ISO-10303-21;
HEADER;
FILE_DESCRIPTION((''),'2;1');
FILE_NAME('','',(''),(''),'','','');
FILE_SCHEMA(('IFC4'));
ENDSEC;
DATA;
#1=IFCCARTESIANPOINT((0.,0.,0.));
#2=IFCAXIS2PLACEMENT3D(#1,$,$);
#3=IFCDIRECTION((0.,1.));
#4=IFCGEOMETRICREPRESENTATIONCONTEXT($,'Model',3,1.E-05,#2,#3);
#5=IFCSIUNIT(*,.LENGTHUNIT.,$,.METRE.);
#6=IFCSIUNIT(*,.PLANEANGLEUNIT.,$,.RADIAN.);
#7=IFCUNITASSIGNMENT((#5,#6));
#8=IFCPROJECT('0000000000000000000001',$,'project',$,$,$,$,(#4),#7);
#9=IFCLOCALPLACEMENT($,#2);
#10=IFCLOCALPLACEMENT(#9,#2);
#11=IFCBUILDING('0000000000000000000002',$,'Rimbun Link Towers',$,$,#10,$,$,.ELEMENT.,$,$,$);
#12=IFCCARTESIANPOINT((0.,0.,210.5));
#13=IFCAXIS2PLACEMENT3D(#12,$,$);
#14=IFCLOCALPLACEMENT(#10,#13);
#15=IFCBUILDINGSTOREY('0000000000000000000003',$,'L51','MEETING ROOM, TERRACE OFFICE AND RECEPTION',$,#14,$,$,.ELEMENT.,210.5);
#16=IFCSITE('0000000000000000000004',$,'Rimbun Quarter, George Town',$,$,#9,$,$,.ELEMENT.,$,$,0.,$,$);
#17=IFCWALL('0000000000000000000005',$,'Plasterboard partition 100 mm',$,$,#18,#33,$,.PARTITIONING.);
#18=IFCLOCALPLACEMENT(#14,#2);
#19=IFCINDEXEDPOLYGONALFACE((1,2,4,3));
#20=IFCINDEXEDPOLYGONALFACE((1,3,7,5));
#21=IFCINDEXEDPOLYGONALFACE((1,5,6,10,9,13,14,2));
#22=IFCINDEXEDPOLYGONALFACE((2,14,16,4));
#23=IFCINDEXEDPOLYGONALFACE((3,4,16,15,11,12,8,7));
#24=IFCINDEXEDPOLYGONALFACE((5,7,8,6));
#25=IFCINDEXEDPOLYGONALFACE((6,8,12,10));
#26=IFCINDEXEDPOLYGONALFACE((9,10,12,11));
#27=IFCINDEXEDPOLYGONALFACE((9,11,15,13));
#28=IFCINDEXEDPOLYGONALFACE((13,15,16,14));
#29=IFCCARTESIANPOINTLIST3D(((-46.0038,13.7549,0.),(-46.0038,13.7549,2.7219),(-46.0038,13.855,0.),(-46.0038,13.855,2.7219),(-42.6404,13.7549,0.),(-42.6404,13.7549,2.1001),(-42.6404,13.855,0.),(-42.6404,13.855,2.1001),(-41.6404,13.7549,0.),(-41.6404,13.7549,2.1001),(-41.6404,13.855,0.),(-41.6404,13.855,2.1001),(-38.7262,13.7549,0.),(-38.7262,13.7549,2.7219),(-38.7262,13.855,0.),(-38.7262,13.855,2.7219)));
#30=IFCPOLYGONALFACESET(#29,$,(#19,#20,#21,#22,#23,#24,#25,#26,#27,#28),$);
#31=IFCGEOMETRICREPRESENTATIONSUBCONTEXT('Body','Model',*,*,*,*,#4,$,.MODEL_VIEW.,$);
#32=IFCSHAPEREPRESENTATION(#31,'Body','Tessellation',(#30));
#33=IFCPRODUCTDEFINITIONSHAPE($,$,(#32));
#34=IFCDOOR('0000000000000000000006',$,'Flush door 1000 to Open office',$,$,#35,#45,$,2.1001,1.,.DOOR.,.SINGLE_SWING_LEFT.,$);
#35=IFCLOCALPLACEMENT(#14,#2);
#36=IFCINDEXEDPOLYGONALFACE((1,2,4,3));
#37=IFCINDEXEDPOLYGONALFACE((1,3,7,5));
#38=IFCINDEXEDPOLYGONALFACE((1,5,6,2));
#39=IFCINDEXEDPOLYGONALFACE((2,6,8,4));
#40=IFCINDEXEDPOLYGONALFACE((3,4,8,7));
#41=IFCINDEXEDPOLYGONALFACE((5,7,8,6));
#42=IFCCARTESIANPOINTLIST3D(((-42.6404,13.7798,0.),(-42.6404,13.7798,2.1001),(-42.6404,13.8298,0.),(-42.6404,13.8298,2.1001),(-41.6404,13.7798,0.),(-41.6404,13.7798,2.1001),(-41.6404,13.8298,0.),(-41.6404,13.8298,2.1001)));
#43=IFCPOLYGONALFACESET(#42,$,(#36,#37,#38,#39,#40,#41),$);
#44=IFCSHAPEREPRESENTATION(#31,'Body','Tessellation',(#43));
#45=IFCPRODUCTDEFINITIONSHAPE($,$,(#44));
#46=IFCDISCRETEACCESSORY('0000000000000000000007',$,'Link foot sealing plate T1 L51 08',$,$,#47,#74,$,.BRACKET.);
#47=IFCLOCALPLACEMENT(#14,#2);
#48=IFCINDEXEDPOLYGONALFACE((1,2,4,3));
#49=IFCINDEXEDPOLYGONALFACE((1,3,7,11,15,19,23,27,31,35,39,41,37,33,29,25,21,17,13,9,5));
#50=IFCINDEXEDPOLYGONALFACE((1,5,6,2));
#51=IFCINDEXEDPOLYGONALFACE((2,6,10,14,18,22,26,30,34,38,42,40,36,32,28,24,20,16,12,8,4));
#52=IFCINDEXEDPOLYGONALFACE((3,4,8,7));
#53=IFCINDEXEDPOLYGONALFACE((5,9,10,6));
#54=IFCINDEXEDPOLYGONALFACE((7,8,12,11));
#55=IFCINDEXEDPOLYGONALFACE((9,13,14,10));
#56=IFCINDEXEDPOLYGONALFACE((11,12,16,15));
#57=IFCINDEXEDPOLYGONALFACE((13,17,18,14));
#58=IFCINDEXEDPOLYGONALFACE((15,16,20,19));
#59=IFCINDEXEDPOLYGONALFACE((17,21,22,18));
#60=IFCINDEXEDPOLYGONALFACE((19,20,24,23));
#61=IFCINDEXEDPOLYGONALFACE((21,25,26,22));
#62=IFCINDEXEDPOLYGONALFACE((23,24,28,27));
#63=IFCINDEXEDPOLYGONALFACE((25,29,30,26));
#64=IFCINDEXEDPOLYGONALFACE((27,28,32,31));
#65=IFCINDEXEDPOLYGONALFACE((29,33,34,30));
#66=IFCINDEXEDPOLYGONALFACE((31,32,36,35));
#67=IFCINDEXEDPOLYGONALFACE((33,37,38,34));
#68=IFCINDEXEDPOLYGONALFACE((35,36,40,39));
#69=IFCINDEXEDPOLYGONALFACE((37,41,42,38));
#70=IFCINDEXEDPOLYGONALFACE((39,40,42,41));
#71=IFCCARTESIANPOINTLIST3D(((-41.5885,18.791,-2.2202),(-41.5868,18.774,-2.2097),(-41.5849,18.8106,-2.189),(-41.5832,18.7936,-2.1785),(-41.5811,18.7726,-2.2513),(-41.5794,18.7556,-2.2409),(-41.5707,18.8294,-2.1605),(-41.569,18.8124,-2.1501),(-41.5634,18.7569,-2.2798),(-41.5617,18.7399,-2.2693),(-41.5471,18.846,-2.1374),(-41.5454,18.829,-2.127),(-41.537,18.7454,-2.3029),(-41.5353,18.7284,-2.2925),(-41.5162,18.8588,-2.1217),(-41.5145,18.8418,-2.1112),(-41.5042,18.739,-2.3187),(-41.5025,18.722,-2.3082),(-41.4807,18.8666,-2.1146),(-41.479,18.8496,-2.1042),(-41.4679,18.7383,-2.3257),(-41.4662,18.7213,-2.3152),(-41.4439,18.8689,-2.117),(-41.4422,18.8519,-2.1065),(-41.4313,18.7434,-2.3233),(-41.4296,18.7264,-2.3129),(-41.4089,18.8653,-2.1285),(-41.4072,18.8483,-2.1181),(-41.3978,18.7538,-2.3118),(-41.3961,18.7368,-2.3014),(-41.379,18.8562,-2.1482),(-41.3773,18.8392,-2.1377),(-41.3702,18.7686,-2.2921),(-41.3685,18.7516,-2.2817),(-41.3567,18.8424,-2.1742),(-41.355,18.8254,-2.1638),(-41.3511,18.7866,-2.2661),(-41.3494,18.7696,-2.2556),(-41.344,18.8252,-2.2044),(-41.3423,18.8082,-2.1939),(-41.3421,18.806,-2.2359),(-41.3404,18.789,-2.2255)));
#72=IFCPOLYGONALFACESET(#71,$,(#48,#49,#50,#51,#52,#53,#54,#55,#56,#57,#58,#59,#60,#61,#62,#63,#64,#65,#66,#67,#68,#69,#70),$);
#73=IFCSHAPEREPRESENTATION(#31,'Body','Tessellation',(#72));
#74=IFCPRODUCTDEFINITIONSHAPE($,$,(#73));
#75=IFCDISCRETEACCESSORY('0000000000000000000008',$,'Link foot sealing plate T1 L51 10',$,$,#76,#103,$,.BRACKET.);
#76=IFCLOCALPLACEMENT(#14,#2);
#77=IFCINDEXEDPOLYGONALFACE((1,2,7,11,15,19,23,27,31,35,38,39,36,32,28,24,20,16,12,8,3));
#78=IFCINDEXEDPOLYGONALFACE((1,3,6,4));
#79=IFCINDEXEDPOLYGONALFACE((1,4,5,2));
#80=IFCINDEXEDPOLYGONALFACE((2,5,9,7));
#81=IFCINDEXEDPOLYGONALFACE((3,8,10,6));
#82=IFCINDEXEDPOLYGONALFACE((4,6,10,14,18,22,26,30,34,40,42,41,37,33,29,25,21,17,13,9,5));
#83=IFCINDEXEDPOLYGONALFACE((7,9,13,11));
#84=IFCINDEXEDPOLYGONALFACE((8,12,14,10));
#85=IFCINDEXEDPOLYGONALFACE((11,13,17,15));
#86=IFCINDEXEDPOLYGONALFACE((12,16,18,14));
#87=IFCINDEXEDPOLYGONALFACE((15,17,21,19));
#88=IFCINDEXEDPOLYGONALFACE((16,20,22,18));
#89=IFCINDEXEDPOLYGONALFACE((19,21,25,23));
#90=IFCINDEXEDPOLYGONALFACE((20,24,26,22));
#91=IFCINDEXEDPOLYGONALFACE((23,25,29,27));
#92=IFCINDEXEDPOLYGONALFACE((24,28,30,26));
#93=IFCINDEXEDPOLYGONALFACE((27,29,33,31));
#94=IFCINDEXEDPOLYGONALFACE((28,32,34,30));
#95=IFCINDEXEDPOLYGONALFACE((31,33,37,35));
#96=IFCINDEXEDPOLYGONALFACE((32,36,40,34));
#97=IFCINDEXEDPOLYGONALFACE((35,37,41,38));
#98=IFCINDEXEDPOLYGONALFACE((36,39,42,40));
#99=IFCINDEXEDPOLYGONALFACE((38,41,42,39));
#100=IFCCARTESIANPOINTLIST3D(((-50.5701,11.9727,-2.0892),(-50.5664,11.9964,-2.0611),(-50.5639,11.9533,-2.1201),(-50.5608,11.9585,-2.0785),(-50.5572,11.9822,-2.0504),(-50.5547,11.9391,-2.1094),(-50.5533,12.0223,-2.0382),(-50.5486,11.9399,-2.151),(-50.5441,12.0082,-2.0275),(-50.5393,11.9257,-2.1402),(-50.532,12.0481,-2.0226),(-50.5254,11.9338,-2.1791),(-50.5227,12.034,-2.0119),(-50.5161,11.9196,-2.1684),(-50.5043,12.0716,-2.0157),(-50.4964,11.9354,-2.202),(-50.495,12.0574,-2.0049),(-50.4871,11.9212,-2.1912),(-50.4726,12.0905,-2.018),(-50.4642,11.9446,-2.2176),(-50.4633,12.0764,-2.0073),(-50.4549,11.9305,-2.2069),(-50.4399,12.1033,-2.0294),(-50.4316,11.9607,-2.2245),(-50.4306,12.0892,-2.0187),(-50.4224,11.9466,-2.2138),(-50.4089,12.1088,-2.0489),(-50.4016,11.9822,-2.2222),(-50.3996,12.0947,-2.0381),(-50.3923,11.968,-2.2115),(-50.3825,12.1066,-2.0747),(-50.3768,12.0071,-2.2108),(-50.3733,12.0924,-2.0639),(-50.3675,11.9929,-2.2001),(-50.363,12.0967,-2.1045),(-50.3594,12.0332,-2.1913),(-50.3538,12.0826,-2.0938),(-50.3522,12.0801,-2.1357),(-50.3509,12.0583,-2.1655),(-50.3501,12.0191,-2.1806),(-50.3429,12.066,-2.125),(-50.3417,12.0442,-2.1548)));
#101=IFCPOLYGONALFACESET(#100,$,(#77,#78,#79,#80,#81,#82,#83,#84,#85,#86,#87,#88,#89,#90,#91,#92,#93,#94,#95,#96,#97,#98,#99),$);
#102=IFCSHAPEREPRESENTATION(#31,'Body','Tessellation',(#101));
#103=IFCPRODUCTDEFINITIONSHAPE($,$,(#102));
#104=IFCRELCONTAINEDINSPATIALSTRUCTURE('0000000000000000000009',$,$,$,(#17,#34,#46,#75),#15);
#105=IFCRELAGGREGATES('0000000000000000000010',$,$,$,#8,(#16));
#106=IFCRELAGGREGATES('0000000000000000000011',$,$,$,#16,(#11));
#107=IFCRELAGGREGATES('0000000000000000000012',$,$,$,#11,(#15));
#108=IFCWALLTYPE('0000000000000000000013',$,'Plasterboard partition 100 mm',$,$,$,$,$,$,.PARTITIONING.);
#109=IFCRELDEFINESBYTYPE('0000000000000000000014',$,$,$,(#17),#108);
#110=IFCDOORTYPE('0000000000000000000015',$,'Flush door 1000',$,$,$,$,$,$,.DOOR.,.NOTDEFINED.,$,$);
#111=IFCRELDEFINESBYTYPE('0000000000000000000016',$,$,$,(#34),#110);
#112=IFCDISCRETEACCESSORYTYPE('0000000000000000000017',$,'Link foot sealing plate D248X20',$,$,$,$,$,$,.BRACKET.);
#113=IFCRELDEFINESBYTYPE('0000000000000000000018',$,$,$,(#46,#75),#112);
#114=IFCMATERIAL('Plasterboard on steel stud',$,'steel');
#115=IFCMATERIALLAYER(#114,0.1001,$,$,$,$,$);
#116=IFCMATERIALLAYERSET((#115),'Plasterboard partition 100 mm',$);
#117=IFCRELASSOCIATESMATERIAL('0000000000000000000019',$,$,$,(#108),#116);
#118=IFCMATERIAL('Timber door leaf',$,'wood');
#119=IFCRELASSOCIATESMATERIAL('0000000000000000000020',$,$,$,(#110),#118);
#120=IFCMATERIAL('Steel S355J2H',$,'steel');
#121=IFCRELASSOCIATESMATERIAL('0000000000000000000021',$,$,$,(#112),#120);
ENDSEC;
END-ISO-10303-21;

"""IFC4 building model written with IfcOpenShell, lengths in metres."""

from ifc_helpers import new_model, si_unit, direction, frame, frame_2d, origin, origin_2d, place, context, subcontext, project, spatial, rectangle, circle, extrude, material, layer, layer_set, material_profile, profile_set, type_object, element, fill, save


model = new_model("IFC4")

# Units and contexts
model_context = context("Model", 3, precision=1e-05, world=origin(), true_north=direction((0.0, 1.0)))
body_context = subcontext(model_context, "Body", "Model", "MODEL_VIEW")
ifc_project = project(units=[si_unit("LENGTHUNIT", "METRE"), si_unit("PLANEANGLEUNIT", "RADIAN")], contexts=[model_context])

# Site, building, storey
site_placement = place(None, origin())
site = spatial("IfcSite", under=ifc_project, at=site_placement, Name="Rimbun Quarter, George Town", CompositionType="ELEMENT", RefElevation=0.0)
building_placement = place(site_placement, origin())
building = spatial("IfcBuilding", under=site, at=building_placement, Name="Rimbun Link Towers", CompositionType="ELEMENT")
storey_placement = place(building_placement, frame((0.0, 0.0, 210.5)))
storey = spatial("IfcBuildingStorey", under=building, at=storey_placement, Name="L51", Description="MEETING ROOM, TERRACE OFFICE AND RECEPTION", CompositionType="ELEMENT", Elevation=210.5)

# Wall, opening, door
ifc_material_1 = material(Name="Plasterboard on steel stud", Category="steel")
ifc_layer_1 = layer(ifc_material_1, 0.1001)
ifc_layer_set_1 = layer_set([ifc_layer_1], Name="Plasterboard partition 100 mm")
wall_type_1 = type_object("IfcWallType", Name="Plasterboard partition 100 mm", PredefinedType="PARTITIONING", material=ifc_layer_set_1)
wall_1_placement = place(storey_placement, frame((-46.0037, 13.8049, 0.0), z_axis=(0.0, 0.0, 1.0), x_axis=(1.0, 0.0, 0.0)))
wall_1 = element("IfcWall", 1, at=wall_1_placement, inside=storey, type_object=wall_type_1, Name="Plasterboard partition 100 mm", PredefinedType="PARTITIONING", context=body_context, shape_type="SweptSolid", body=[
    extrude(rectangle(XDim=7.2776, YDim=0.1001, at=frame_2d((3.6387, 0.0))), origin(), (0.0, 0.0, 1.0), 2.7219),
])
opening_placement = place(wall_1_placement, frame((3.3633, 0.0, 0.0)))
opening = element("IfcOpeningElement", 2, at=opening_placement, cuts=wall_1, PredefinedType="OPENING", context=body_context, shape_type="SweptSolid", body=[
    extrude(rectangle(XDim=1.0, YDim=2.1001, at=frame_2d((0.5, 1.05))), frame((0.0, 0.0601, 0.0), z_axis=(0.0, -1.0, 0.0), x_axis=(1.0, 0.0, 0.0)), (0.0, 0.0, 1.0), 0.1201),
])
ifc_material_2 = material(Name="Timber door leaf", Category="wood")
door_type = type_object("IfcDoorType", Name="Flush door 1000", OperationType="NOTDEFINED", PredefinedType="DOOR", material=ifc_material_2)
door_placement = place(opening_placement, origin())
door = element("IfcDoor", 3, at=door_placement, inside=storey, type_object=door_type, Name="Flush door 1000 to Open office", OperationType="SINGLE_SWING_LEFT", OverallHeight=2.1001, OverallWidth=1.0, PredefinedType="DOOR", context=body_context, shape_type="SweptSolid", body=[
    extrude(rectangle(XDim=1.0, YDim=2.1001, at=frame_2d((0.5, 1.05))), frame((0.0, 0.0249, 0.0), z_axis=(0.0, -1.0, 0.0), x_axis=(1.0, 0.0, 0.0)), (0.0, 0.0, 1.0), 0.05),
])
fill(opening, door)

# Discrete accessories
ifc_material_3 = material(Name="Steel S355J2H", Category="steel")
ifc_material_profile_1 = material_profile(ifc_material_3, circle(Radius=0.124, at=origin_2d()), Name="PL D248")
ifc_profile_set_1 = profile_set([ifc_material_profile_1], Name="Steel S355J2H")
discrete_accessory_type = type_object("IfcDiscreteAccessoryType", Name="Link foot sealing plate D248X20", PredefinedType="BRACKET", material=ifc_profile_set_1)
for number, where, z_axis, x_axis, name in (
    (4, (-41.4634, 18.7864, -2.2097), (-0.0849, 0.849, -0.521528), (-0.995037, -0.099504, 0.0), "Link foot sealing plate T1 L51 08"),
    (5, (-50.4509, 12.0071, -2.1094), (-0.462727, 0.706267, -0.535789), (-0.836461, -0.548026, 0.0), "Link foot sealing plate T1 L51 10"),
):
    element("IfcDiscreteAccessory", number, at=place(storey_placement, frame(where, z_axis=z_axis, x_axis=x_axis)), inside=storey, type_object=discrete_accessory_type, Name=name, PredefinedType="BRACKET", context=body_context, shape_type="SweptSolid", body=[
        extrude(circle(Radius=0.124, at=origin_2d()), origin(), (0.0, 0.0, 1.0), 0.02),
    ])

save(model, "model.ifc")
